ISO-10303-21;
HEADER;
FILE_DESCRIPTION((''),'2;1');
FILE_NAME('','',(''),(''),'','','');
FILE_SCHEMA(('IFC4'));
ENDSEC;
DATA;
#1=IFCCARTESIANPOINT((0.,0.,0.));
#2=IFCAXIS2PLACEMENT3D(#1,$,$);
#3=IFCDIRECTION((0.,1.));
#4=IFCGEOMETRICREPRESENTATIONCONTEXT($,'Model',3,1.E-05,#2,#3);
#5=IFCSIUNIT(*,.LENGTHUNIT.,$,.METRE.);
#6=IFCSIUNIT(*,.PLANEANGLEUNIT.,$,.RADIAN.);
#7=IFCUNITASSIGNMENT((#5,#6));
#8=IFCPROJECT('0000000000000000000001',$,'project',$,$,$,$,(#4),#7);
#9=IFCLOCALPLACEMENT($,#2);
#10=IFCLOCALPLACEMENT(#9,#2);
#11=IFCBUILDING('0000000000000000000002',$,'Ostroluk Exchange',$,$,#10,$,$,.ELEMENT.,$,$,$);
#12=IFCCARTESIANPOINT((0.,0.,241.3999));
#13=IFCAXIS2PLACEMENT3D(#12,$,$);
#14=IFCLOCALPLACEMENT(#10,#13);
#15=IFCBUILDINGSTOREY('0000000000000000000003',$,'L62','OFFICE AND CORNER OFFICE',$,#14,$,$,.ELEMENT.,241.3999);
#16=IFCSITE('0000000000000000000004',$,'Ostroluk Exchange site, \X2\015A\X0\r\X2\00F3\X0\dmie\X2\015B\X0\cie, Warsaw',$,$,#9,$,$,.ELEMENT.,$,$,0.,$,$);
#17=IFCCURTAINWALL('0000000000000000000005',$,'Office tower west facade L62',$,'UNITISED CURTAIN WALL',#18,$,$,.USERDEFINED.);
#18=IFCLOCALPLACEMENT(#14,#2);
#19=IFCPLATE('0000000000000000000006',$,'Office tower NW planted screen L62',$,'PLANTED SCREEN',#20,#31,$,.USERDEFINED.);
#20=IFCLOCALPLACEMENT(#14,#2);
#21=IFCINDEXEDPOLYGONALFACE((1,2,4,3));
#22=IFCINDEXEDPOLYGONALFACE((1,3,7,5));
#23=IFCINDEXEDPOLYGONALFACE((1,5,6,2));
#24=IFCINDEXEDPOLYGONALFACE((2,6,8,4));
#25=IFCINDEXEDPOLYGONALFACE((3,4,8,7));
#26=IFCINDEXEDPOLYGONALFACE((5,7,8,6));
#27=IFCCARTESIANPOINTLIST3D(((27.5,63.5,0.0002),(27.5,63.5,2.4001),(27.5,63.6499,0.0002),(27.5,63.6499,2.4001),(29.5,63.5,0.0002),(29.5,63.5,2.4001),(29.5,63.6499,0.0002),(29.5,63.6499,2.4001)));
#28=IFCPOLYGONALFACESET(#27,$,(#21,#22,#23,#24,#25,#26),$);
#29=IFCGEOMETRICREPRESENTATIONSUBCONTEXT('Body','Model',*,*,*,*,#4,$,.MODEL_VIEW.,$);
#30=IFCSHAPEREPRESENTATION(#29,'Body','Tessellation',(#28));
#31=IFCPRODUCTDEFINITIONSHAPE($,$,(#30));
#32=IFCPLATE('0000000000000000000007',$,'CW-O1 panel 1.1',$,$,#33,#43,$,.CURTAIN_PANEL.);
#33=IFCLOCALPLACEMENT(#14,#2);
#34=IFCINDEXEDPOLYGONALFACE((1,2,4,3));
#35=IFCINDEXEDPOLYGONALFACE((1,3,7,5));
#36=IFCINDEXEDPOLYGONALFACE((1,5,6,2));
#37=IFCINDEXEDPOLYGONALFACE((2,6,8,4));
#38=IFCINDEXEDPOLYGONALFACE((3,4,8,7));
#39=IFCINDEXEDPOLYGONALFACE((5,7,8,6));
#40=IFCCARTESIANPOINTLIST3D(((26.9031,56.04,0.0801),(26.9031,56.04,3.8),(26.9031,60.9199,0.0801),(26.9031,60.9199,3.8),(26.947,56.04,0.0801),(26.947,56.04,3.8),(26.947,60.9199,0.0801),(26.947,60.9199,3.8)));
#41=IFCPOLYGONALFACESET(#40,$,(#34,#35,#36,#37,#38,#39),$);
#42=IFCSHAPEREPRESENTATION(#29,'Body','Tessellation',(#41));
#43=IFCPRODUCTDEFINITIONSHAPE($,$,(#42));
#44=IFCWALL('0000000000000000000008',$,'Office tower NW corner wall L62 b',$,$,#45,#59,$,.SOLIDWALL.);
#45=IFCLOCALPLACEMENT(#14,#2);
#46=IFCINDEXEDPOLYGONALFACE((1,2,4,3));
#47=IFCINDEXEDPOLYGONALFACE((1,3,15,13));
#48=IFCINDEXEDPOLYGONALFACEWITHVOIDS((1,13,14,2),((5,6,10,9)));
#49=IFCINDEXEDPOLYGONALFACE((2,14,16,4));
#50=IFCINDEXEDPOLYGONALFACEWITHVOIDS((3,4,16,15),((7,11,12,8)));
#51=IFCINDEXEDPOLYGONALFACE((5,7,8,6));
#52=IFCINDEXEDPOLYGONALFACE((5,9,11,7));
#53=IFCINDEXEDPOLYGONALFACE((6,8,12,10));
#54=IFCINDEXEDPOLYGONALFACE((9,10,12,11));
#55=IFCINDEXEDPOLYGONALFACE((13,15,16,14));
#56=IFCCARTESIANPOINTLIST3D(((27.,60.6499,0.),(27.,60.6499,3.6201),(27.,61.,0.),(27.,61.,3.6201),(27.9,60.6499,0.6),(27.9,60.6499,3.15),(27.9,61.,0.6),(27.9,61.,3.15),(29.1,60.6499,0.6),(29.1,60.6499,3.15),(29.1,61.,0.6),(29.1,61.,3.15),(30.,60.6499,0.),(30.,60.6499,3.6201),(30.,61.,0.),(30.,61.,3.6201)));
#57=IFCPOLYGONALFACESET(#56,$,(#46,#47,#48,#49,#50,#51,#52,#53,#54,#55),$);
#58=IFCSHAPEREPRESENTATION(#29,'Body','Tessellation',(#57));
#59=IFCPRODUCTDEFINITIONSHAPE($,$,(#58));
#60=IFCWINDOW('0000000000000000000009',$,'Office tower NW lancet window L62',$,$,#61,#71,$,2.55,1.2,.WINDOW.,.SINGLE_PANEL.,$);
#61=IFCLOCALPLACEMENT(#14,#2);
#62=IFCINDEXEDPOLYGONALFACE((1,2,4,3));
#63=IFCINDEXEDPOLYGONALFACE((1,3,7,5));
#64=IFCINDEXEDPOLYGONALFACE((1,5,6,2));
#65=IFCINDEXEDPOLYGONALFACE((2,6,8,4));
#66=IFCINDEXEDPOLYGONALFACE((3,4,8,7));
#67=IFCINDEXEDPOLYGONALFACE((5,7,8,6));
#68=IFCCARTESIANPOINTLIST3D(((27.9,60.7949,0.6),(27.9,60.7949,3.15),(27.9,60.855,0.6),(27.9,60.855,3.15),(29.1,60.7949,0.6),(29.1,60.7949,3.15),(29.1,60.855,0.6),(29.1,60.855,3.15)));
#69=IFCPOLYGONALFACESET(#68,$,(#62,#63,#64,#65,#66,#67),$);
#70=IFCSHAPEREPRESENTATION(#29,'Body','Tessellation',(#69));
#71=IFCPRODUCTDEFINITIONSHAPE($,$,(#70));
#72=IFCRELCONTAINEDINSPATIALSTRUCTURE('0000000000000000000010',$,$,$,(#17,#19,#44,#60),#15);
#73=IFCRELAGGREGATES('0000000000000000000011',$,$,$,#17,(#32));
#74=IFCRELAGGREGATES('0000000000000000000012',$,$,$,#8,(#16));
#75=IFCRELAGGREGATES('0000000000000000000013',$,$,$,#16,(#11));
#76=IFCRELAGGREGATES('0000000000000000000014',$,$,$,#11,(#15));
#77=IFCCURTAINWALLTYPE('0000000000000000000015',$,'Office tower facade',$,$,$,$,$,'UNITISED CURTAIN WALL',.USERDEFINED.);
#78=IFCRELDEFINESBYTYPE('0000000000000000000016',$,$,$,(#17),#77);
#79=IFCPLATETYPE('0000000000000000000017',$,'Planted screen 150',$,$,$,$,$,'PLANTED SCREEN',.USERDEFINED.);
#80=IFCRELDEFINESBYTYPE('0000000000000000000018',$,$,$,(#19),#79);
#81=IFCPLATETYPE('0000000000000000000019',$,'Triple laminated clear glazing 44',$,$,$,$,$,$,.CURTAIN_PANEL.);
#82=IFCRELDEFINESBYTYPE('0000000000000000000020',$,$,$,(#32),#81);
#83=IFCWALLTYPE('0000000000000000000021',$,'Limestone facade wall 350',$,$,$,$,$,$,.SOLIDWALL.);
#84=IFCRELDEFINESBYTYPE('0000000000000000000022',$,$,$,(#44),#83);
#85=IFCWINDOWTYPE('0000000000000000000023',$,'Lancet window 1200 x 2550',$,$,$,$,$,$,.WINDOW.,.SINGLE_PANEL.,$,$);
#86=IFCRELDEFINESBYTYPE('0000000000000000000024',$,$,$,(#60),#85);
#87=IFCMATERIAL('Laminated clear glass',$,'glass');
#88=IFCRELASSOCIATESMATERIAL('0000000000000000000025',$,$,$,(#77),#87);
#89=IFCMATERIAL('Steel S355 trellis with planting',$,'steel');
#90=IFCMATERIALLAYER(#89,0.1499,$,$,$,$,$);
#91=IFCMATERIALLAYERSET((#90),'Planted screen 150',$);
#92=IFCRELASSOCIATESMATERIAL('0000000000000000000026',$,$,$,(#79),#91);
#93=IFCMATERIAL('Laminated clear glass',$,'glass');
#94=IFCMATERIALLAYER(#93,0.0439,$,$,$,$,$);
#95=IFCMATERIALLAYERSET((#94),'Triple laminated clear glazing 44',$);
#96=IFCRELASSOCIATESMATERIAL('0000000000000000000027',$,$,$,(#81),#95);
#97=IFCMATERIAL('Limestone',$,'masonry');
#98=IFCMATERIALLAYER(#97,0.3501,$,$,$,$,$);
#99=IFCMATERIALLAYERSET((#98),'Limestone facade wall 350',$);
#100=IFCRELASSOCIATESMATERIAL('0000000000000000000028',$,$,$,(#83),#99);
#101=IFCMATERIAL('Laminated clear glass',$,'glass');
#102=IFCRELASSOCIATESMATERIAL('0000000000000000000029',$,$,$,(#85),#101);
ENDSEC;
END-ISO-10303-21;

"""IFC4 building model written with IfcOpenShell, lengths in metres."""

from ifc_helpers import new_model, si_unit, direction, frame, frame_2d, origin, origin_2d, place, context, subcontext, project, spatial, rectangle, extrude, material, layer, layer_set, type_object, element, fill, aggregate, save


model = new_model("IFC4")

# Units and contexts
model_context = context("Model", 3, precision=1e-05, world=origin(), true_north=direction((0.0, 1.0)))
body_context = subcontext(model_context, "Body", "Model", "MODEL_VIEW")
ifc_project = project(units=[si_unit("LENGTHUNIT", "METRE"), si_unit("PLANEANGLEUNIT", "RADIAN")], contexts=[model_context])

# Site, building, storey
site_placement = place(None, origin())
site = spatial("IfcSite", under=ifc_project, at=site_placement, Name="Ostroluk Exchange site, Śródmieście, Warsaw", CompositionType="ELEMENT", RefElevation=0.0)
building_placement = place(site_placement, origin())
building = spatial("IfcBuilding", under=site, at=building_placement, Name="Ostroluk Exchange", CompositionType="ELEMENT")
storey_placement = place(building_placement, frame((0.0, 0.0, 241.3999)))
storey = spatial("IfcBuildingStorey", under=building, at=storey_placement, Name="L62", Description="OFFICE AND CORNER OFFICE", CompositionType="ELEMENT", Elevation=241.3999)

# Curtain wall
ifc_material_1 = material(Name="Laminated clear glass", Category="glass")
curtain_wall_type = type_object("IfcCurtainWallType", Name="Office tower facade", ElementType="UNITISED CURTAIN WALL", PredefinedType="USERDEFINED", material=ifc_material_1)
curtain_wall_1_placement = place(storey_placement, origin())
curtain_wall_1 = element("IfcCurtainWall", 1, at=curtain_wall_1_placement, inside=storey, type_object=curtain_wall_type, Name="Office tower west facade L62", ObjectType="UNITISED CURTAIN WALL", PredefinedType="USERDEFINED")

# Plates
ifc_material_2 = material(Name="Steel S355 trellis with planting", Category="steel")
ifc_layer_1 = layer(ifc_material_2, 0.1499)
ifc_layer_set_1 = layer_set([ifc_layer_1], Name="Planted screen 150")
plate_type_1 = type_object("IfcPlateType", Name="Planted screen 150", ElementType="PLANTED SCREEN", PredefinedType="USERDEFINED", material=ifc_layer_set_1)
plate_1_placement = place(storey_placement, frame((28.5, 63.575, 0.0002), z_axis=(0.0, 0.0, 1.0), x_axis=(1.0, 0.0, 0.0)))
element("IfcPlate", 2, at=plate_1_placement, inside=storey, type_object=plate_type_1, Name="Office tower NW planted screen L62", ObjectType="PLANTED SCREEN", PredefinedType="USERDEFINED", context=body_context, shape_type="SweptSolid", body=[
    extrude(rectangle(XDim=2.0, YDim=0.1499, at=origin_2d()), origin(), (0.0, 0.0, 1.0), 2.3999),
])
ifc_material_3 = material(Name="Laminated clear glass", Category="glass")
ifc_layer_2 = layer(ifc_material_3, 0.0439)
ifc_layer_set_2 = layer_set([ifc_layer_2], Name="Triple laminated clear glazing 44")
plate_type_2 = type_object("IfcPlateType", Name="Triple laminated clear glazing 44", PredefinedType="CURTAIN_PANEL", material=ifc_layer_set_2)
plate_2_placement = place(storey_placement, frame((26.925, 58.48, 0.0801), z_axis=(0.0, 0.0, 1.0), x_axis=(0.0, -1.0, 0.0)))
plate_2 = element("IfcPlate", 3, at=plate_2_placement, type_object=plate_type_2, Name="CW-O1 panel 1.1", PredefinedType="CURTAIN_PANEL", context=body_context, shape_type="SweptSolid", body=[
    extrude(rectangle(XDim=4.8799, YDim=0.0439, at=origin_2d()), origin(), (0.0, 0.0, 1.0), 3.72),
])
aggregate(curtain_wall_1, [plate_2])

# Shared definitions
ifc_material_4 = material(Name="Limestone", Category="masonry")
ifc_layer_3 = layer(ifc_material_4, 0.3501)
ifc_layer_set_3 = layer_set([ifc_layer_3], Name="Limestone facade wall 350")
wall_type = type_object("IfcWallType", Name="Limestone facade wall 350", PredefinedType="SOLIDWALL", material=ifc_layer_set_3)

# Wall, opening, window
wall_1_placement = place(storey_placement, frame((30.0, 60.825, 0.0), z_axis=(0.0, 0.0, 1.0), x_axis=(-1.0, 0.0, 0.0)))
wall_1 = element("IfcWall", 4, at=wall_1_placement, inside=storey, type_object=wall_type, Name="Office tower NW corner wall L62 b", PredefinedType="SOLIDWALL", context=body_context, shape_type="SweptSolid", body=[
    extrude(rectangle(XDim=3.0, YDim=0.3501, at=frame_2d((1.5, 0.0))), origin(), (0.0, 0.0, 1.0), 3.6201),
])
opening_1_placement = place(wall_1_placement, frame((0.8999, 0.0, 0.6001)))
opening_1 = element("IfcOpeningElement", 5, at=opening_1_placement, cuts=wall_1, PredefinedType="OPENING", context=body_context, shape_type="SweptSolid", body=[
    extrude(rectangle(XDim=1.2, YDim=2.55, at=frame_2d((0.6001, 1.2749))), frame((0.0, 0.1851, 0.0), z_axis=(0.0, -1.0, 0.0), x_axis=(1.0, 0.0, 0.0)), (0.0, 0.0, 1.0), 0.3701),
])
ifc_material_5 = material(Name="Laminated clear glass", Category="glass")
window_type = type_object("IfcWindowType", Name="Lancet window 1200 x 2550", PartitioningType="SINGLE_PANEL", PredefinedType="WINDOW", material=ifc_material_5)
window_placement = place(opening_1_placement, origin())
window = element("IfcWindow", 6, at=window_placement, inside=storey, type_object=window_type, Name="Office tower NW lancet window L62", OverallHeight=2.55, OverallWidth=1.2, PartitioningType="SINGLE_PANEL", PredefinedType="WINDOW", context=body_context, shape_type="SweptSolid", body=[
    extrude(rectangle(XDim=1.2, YDim=2.55, at=frame_2d((0.6001, 1.2749))), frame((0.0, 0.03, 0.0), z_axis=(0.0, -1.0, 0.0), x_axis=(1.0, 0.0, 0.0)), (0.0, 0.0, 1.0), 0.0601),
])
fill(opening_1, window)

save(model, "model.ifc")
